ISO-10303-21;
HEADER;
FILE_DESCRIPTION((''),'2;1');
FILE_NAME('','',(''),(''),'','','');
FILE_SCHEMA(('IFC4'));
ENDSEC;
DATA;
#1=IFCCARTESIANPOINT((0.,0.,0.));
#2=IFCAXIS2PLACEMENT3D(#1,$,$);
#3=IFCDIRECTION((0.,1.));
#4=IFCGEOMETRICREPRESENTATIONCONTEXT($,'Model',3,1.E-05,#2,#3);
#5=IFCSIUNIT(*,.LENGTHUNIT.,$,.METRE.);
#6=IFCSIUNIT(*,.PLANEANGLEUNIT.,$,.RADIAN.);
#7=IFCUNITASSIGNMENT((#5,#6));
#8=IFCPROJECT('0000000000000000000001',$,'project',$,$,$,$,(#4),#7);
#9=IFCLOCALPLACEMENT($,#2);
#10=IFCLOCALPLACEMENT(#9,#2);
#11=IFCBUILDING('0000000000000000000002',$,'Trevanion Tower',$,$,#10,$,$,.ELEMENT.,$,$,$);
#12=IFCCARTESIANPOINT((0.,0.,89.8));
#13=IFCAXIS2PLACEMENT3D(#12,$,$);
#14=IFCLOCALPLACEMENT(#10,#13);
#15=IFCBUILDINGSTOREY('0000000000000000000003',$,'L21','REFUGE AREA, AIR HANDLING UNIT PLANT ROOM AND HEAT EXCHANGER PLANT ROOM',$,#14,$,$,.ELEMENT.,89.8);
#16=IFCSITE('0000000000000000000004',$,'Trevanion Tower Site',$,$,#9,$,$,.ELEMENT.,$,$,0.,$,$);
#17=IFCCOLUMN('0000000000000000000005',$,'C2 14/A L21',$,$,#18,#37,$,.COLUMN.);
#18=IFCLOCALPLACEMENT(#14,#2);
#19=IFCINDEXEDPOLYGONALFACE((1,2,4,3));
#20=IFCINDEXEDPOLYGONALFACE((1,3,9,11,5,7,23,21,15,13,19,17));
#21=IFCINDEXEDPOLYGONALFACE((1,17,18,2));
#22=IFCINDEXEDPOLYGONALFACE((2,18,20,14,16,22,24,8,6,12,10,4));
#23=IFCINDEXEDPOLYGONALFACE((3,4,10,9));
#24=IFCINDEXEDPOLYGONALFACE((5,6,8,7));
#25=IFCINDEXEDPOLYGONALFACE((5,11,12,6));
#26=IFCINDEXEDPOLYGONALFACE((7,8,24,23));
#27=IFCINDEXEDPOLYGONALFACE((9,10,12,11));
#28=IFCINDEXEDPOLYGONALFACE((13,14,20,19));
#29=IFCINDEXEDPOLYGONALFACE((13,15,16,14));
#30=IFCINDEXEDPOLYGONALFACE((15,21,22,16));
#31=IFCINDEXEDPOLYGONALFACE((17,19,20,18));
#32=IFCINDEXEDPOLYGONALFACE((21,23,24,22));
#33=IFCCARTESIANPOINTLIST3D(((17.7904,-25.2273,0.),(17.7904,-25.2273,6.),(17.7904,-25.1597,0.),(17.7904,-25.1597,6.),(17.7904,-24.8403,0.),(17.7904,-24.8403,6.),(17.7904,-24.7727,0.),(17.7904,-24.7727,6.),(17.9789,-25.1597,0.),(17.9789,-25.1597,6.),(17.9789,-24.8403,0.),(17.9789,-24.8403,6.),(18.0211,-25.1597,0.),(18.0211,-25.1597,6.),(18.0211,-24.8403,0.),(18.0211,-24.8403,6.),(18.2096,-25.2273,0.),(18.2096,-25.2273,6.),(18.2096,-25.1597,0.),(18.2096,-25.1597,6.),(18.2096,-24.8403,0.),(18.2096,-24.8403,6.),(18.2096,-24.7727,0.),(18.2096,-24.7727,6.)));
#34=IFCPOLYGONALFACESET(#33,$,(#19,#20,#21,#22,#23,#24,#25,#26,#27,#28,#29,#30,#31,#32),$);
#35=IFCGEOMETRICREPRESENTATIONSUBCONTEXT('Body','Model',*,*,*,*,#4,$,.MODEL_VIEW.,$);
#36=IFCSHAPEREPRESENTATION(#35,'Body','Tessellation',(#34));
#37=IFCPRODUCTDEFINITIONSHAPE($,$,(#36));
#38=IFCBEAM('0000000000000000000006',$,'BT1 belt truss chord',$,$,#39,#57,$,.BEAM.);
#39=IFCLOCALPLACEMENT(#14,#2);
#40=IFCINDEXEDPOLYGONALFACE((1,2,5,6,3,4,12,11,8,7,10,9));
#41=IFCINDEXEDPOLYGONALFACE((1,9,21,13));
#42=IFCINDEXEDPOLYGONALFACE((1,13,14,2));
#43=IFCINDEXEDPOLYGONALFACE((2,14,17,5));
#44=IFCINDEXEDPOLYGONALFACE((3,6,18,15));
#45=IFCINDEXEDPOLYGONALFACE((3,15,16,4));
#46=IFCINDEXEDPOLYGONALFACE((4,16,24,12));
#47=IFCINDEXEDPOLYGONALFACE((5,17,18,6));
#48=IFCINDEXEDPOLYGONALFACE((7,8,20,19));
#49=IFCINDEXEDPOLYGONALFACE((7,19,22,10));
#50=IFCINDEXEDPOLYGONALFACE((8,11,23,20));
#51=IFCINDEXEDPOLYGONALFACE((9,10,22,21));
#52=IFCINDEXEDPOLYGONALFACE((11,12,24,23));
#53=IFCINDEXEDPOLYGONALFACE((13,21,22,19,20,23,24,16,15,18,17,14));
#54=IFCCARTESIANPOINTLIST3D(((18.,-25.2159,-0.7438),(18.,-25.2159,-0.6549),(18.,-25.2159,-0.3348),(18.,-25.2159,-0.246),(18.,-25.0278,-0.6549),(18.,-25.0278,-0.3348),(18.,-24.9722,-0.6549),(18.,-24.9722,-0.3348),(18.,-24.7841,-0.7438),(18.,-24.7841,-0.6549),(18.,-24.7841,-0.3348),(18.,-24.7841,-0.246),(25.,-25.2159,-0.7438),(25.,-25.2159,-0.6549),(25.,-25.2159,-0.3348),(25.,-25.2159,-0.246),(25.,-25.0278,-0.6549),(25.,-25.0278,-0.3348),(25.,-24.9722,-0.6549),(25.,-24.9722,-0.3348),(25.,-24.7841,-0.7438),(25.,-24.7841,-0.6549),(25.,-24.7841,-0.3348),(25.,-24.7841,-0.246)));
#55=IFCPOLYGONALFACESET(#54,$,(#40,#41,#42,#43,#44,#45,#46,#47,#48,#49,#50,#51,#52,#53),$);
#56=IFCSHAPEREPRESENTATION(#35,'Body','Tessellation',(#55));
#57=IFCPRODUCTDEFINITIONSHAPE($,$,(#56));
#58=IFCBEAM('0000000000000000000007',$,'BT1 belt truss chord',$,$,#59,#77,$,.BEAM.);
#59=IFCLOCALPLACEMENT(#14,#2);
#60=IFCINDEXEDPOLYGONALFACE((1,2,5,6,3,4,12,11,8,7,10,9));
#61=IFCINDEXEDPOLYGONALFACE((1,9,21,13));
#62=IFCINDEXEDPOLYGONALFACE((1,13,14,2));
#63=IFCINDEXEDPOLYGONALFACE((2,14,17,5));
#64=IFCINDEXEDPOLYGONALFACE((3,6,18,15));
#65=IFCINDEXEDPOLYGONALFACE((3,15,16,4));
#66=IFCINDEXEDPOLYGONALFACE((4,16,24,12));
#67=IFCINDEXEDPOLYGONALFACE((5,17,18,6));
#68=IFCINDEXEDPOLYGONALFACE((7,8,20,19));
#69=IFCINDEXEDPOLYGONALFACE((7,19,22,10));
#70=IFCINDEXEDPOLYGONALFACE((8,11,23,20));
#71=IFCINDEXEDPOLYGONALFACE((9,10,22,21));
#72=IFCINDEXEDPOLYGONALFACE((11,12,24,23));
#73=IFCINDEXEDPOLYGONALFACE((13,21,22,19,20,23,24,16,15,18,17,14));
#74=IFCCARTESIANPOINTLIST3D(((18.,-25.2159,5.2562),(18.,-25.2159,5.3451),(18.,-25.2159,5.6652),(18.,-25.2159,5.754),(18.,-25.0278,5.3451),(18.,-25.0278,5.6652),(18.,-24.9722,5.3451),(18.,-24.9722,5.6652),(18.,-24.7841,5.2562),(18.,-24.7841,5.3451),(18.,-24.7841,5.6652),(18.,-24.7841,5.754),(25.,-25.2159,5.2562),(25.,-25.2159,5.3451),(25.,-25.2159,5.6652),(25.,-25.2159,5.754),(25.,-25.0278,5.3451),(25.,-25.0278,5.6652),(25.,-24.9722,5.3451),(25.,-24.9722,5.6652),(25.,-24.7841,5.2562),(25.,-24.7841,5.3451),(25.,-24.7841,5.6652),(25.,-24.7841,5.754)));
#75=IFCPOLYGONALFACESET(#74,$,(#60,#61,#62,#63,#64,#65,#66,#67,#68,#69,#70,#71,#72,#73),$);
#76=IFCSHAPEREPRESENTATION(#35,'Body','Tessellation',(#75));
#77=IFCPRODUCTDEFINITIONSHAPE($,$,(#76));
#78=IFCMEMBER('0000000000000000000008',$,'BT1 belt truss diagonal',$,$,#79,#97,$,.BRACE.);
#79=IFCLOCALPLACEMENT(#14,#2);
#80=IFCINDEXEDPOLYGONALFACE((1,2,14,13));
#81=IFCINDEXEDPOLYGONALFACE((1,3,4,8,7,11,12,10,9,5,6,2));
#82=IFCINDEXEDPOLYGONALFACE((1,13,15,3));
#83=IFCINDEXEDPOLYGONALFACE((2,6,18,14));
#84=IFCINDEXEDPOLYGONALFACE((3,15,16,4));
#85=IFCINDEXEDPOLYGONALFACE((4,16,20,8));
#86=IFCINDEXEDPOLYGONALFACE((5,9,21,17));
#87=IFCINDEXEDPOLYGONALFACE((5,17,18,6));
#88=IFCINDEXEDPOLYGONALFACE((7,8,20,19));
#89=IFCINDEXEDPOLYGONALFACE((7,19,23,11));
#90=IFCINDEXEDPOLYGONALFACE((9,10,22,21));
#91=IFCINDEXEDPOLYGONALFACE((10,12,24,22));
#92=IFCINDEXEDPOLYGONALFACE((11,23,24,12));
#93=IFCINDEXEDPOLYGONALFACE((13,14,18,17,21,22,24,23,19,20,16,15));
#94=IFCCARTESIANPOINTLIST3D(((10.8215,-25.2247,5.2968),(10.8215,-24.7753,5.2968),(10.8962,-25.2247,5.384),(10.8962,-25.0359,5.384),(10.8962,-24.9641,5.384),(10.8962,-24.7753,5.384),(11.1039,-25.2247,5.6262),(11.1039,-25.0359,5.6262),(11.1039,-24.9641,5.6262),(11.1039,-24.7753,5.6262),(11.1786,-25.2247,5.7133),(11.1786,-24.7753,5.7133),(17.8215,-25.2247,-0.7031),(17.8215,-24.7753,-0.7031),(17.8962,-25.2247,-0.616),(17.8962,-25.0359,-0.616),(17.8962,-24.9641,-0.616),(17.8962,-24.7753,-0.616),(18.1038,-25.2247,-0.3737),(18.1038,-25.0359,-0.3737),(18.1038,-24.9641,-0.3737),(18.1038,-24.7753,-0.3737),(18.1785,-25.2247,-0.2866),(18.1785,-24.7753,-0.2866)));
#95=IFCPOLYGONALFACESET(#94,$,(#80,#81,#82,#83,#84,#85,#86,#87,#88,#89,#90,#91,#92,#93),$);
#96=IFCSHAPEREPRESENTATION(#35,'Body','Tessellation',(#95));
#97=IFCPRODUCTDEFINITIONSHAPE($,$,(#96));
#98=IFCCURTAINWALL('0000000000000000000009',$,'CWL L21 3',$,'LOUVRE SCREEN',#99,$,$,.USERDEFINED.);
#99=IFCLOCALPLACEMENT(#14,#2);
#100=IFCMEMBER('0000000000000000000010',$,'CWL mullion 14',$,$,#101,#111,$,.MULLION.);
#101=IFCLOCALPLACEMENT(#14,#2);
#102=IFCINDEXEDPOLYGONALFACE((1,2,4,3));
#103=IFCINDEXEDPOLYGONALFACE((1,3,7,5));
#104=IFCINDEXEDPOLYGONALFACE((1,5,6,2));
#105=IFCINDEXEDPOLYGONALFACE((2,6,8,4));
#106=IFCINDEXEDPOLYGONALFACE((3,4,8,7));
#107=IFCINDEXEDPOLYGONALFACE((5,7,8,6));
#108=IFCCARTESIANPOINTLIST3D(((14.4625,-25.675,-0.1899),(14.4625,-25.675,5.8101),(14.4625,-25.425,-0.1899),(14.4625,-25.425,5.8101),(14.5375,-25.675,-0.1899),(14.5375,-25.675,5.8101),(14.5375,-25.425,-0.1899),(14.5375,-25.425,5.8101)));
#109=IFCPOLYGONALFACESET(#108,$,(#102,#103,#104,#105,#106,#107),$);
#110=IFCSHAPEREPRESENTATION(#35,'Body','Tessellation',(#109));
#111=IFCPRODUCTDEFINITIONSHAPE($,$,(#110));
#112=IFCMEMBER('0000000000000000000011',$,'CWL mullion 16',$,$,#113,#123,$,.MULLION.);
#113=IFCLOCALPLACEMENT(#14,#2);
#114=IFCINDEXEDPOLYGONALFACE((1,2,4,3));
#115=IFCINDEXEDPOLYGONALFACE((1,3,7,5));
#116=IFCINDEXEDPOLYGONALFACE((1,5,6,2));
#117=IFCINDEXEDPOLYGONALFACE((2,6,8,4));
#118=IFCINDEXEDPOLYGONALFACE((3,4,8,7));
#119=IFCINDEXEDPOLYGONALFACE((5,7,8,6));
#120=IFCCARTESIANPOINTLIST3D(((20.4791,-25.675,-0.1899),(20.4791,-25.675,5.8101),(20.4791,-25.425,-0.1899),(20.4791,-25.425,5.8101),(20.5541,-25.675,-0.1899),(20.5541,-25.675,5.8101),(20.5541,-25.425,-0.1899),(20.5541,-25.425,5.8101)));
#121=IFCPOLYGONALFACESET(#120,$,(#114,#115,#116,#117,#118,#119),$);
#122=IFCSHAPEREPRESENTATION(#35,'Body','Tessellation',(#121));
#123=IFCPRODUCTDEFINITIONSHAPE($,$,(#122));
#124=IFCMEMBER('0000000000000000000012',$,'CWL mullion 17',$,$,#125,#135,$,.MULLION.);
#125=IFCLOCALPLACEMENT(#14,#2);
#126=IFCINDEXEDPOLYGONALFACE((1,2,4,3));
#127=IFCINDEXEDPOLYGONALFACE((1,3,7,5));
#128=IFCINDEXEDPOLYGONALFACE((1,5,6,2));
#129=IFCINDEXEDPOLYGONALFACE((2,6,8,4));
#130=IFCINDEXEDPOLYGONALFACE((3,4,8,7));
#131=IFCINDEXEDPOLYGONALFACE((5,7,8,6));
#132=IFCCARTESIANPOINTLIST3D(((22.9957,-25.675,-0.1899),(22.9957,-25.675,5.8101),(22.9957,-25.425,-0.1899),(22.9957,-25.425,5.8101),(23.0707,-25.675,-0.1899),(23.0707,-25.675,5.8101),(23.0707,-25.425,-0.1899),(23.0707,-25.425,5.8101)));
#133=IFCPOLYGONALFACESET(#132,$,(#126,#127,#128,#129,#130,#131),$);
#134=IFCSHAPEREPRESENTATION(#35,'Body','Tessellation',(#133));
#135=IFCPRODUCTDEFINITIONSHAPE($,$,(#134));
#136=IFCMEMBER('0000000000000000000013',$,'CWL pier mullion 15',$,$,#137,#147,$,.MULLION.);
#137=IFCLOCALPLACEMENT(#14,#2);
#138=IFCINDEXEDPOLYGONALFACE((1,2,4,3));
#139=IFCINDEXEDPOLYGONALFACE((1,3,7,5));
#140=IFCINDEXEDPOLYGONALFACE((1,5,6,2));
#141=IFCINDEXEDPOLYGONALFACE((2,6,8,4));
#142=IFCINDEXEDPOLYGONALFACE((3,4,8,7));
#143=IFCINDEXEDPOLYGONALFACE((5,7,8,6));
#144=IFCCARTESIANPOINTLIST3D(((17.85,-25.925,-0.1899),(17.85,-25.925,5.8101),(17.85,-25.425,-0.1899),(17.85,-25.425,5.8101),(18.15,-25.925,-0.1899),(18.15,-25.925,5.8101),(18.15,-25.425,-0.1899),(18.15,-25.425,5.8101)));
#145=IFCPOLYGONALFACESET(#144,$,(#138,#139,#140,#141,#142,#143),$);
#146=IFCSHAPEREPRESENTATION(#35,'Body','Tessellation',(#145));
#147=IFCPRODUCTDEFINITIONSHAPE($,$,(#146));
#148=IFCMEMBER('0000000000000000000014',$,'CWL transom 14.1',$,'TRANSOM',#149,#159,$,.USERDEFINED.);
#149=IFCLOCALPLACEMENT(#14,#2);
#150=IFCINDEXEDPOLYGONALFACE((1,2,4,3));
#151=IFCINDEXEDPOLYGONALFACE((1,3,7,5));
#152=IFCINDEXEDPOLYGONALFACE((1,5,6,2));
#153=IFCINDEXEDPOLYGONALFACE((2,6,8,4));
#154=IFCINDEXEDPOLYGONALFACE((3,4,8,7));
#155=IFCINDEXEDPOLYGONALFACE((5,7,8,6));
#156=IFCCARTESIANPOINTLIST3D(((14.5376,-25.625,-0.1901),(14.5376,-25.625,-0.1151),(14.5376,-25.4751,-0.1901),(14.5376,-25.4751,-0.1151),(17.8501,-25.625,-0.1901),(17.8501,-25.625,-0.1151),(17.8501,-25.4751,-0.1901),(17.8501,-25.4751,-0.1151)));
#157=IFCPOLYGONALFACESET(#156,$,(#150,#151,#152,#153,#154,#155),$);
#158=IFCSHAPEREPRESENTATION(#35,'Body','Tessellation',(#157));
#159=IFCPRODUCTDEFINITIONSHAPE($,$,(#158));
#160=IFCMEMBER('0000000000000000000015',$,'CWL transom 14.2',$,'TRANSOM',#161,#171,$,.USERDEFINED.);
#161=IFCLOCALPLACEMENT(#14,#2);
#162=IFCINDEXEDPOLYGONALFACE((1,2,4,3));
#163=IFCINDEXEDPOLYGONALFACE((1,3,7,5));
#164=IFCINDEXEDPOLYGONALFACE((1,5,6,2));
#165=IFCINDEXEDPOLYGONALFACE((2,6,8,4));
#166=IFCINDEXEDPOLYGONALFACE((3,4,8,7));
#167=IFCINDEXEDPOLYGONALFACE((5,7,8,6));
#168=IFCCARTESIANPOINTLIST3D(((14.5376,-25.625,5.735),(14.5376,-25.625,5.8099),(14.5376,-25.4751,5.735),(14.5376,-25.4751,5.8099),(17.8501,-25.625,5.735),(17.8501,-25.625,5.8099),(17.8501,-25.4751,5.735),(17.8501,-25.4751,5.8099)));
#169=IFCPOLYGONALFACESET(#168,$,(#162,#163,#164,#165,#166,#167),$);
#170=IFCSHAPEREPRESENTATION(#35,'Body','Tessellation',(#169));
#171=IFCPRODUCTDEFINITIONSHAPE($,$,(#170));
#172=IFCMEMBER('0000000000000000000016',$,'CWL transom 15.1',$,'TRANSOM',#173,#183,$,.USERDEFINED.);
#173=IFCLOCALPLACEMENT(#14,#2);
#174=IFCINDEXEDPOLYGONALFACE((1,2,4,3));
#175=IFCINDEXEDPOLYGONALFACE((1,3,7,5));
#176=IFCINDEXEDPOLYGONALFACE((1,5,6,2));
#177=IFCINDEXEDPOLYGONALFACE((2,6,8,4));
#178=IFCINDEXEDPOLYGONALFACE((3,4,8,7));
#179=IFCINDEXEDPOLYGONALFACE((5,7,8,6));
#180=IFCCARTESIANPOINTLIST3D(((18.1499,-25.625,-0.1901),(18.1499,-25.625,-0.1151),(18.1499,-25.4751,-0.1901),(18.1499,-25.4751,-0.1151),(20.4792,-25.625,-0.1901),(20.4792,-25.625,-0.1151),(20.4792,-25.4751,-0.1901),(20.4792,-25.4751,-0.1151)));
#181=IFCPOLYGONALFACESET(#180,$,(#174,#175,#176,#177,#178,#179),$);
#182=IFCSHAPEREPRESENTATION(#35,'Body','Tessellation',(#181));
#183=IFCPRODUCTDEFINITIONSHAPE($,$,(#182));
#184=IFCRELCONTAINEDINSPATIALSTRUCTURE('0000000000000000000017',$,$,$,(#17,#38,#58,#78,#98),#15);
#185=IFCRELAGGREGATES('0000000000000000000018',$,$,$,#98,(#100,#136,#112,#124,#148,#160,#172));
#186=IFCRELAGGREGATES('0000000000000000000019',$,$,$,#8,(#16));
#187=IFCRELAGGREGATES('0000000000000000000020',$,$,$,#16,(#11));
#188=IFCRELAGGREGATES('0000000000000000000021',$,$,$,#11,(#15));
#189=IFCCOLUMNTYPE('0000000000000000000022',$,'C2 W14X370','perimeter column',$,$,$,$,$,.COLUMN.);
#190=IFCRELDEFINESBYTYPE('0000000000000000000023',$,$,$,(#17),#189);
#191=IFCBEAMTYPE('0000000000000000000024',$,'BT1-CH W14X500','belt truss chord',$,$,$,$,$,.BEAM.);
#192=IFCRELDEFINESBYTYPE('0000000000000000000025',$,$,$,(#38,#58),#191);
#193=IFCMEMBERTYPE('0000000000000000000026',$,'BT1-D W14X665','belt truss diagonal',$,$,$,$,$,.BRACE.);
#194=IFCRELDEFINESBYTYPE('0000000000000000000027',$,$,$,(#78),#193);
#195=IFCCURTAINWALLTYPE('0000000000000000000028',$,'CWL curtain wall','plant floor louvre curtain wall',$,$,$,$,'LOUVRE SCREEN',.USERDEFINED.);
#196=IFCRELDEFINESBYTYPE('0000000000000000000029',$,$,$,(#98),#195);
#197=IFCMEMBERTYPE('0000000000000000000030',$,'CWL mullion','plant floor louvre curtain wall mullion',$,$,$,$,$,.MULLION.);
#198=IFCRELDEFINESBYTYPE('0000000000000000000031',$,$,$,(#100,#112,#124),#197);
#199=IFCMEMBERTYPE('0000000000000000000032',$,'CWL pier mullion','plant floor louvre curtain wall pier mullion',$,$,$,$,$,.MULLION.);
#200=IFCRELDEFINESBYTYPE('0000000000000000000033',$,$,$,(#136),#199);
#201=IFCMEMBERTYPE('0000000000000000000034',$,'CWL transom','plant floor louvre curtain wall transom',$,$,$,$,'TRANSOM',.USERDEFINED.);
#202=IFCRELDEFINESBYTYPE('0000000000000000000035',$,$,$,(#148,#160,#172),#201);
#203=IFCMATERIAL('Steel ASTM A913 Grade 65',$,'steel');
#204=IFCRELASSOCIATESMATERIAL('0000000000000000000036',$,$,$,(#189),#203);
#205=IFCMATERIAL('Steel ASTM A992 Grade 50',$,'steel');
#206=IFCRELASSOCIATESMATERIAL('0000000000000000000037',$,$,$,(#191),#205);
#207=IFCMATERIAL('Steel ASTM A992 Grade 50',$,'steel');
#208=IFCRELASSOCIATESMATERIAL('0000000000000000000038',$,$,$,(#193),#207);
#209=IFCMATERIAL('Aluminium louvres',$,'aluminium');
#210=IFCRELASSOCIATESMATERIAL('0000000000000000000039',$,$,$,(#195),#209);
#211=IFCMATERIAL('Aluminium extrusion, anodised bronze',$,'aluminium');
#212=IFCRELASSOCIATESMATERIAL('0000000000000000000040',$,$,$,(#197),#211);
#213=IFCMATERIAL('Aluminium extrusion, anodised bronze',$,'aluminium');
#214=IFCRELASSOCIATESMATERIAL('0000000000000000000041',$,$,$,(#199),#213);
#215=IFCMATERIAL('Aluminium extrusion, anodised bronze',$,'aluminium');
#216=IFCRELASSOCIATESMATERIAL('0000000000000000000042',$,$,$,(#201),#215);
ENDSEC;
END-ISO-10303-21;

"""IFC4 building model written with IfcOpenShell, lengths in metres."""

from ifc_helpers import new_model, si_unit, direction, frame, origin, origin_2d, place, context, subcontext, project, spatial, rectangle, i_section, extrude, material, material_profile, profile_set, type_object, element, aggregate, save


model = new_model("IFC4")

# Units and contexts
model_context = context("Model", 3, precision=1e-05, world=origin(), true_north=direction((0.0, 1.0)))
body_context = subcontext(model_context, "Body", "Model", "MODEL_VIEW")
ifc_project = project(units=[si_unit("LENGTHUNIT", "METRE"), si_unit("PLANEANGLEUNIT", "RADIAN")], contexts=[model_context])

# Site, building, storey
site_placement = place(None, origin())
site = spatial("IfcSite", under=ifc_project, at=site_placement, Name="Trevanion Tower Site", CompositionType="ELEMENT", RefElevation=0.0)
building_placement = place(site_placement, origin())
building = spatial("IfcBuilding", under=site, at=building_placement, Name="Trevanion Tower", CompositionType="ELEMENT")
storey_placement = place(building_placement, frame((0.0, 0.0, 89.8)))
storey = spatial("IfcBuildingStorey", under=building, at=storey_placement, Name="L21", Description="REFUGE AREA, AIR HANDLING UNIT PLANT ROOM AND HEAT EXCHANGER PLANT ROOM", CompositionType="ELEMENT", Elevation=89.8)

# Column
ifc_material_1 = material(Name="Steel ASTM A913 Grade 65", Category="steel")
ifc_material_profile_1 = material_profile(ifc_material_1, i_section(OverallWidth=0.4192, OverallDepth=0.4546, WebThickness=0.0422, FlangeThickness=0.0676, at=origin_2d()), Name="W14X370")
ifc_profile_set_1 = profile_set([ifc_material_profile_1], Name="Steel ASTM A913 Grade 65")
column_type = type_object("IfcColumnType", Name="C2 W14X370", Description="perimeter column", PredefinedType="COLUMN", material=ifc_profile_set_1)
column_placement = place(storey_placement, frame((18.0, -25.0, 0.0), z_axis=(0.0, 0.0, 1.0), x_axis=(1.0, 0.0, 0.0)))
element("IfcColumn", 1, at=column_placement, inside=storey, type_object=column_type, Name="C2 14/A L21", PredefinedType="COLUMN", context=body_context, shape_type="SweptSolid", body=[
    extrude(i_section(OverallWidth=0.4192, OverallDepth=0.4546, WebThickness=0.0422, FlangeThickness=0.0676, at=origin_2d()), origin(), (0.0, 0.0, 1.0), 6.0),
])

# Beams
ifc_material_2 = material(Name="Steel ASTM A992 Grade 50", Category="steel")
ifc_material_profile_2 = material_profile(ifc_material_2, i_section(OverallWidth=0.4319, OverallDepth=0.4978, WebThickness=0.0557, FlangeThickness=0.0889, at=origin_2d()), Name="W14X500")
ifc_profile_set_2 = profile_set([ifc_material_profile_2], Name="Steel ASTM A992 Grade 50")
beam_type = type_object("IfcBeamType", Name="BT1-CH W14X500", Description="belt truss chord", PredefinedType="BEAM", material=ifc_profile_set_2)
for number, where, z_axis, x_axis, name in (
    (2, (18.0, -25.0, -0.4949), (1.0, 0.0, 0.0), (0.0, 1.0, 0.0), "BT1 belt truss chord"),
    (3, (18.0, -25.0, 5.5051), (1.0, 0.0, 0.0), (0.0, 1.0, 0.0), "BT1 belt truss chord"),
):
    element("IfcBeam", number, at=place(storey_placement, frame(where, z_axis=z_axis, x_axis=x_axis)), inside=storey, type_object=beam_type, Name=name, PredefinedType="BEAM", context=body_context, shape_type="SweptSolid", body=[
        extrude(i_section(OverallWidth=0.4319, OverallDepth=0.4978, WebThickness=0.0557, FlangeThickness=0.0889, at=origin_2d()), origin(), (0.0, 0.0, 1.0), 7.0),
    ])

# Member
ifc_material_3 = material(Name="Steel ASTM A992 Grade 50", Category="steel")
ifc_material_profile_3 = material_profile(ifc_material_3, i_section(OverallWidth=0.4495, OverallDepth=0.5486, WebThickness=0.0718, FlangeThickness=0.1147, at=origin_2d()), Name="W14X665")
ifc_profile_set_3 = profile_set([ifc_material_profile_3], Name="Steel ASTM A992 Grade 50")
member_type_1 = type_object("IfcMemberType", Name="BT1-D W14X665", Description="belt truss diagonal", PredefinedType="BRACE", material=ifc_profile_set_3)
member_1_placement = place(storey_placement, frame((18.0, -25.0, -0.4949), z_axis=(-0.759257, 0.0, 0.650791), x_axis=(0.0, -1.0, 0.0)))
element("IfcMember", 4, at=member_1_placement, inside=storey, type_object=member_type_1, Name="BT1 belt truss diagonal", PredefinedType="BRACE", context=body_context, shape_type="SweptSolid", body=[
    extrude(i_section(OverallWidth=0.4495, OverallDepth=0.5486, WebThickness=0.0718, FlangeThickness=0.1147, at=origin_2d()), origin(), (0.0, 0.0, 1.0), 9.2195),
])

# Curtain wall, members
ifc_material_4 = material(Name="Aluminium louvres", Category="aluminium")
curtain_wall_type = type_object("IfcCurtainWallType", Name="CWL curtain wall", Description="plant floor louvre curtain wall", ElementType="LOUVRE SCREEN", PredefinedType="USERDEFINED", material=ifc_material_4)
curtain_wall_placement = place(storey_placement, origin())
curtain_wall = element("IfcCurtainWall", 5, at=curtain_wall_placement, inside=storey, type_object=curtain_wall_type, Name="CWL L21 3", ObjectType="LOUVRE SCREEN", PredefinedType="USERDEFINED")
ifc_material_5 = material(Name="Aluminium extrusion, anodised bronze", Category="aluminium")
ifc_material_profile_4 = material_profile(ifc_material_5, rectangle(XDim=0.075, YDim=0.25, at=origin_2d()), Name="CWL mullion")
ifc_profile_set_4 = profile_set([ifc_material_profile_4], Name="Aluminium extrusion, anodised bronze")
member_type_2 = type_object("IfcMemberType", Name="CWL mullion", Description="plant floor louvre curtain wall mullion", PredefinedType="MULLION", material=ifc_profile_set_4)
member_2_placement = place(storey_placement, frame((14.5, -25.55, -0.1899), z_axis=(0.0, 0.0, 1.0), x_axis=(1.0, 0.0, 0.0)))
member_2 = element("IfcMember", 6, at=member_2_placement, type_object=member_type_2, Name="CWL mullion 14", PredefinedType="MULLION", context=body_context, shape_type="SweptSolid", body=[
    extrude(rectangle(XDim=0.075, YDim=0.25, at=origin_2d()), origin(), (0.0, 0.0, 1.0), 6.0),
])
member_3_placement = place(storey_placement, frame((20.5166, -25.55, -0.1899), z_axis=(0.0, 0.0, 1.0), x_axis=(1.0, 0.0, 0.0)))
member_3 = element("IfcMember", 7, at=member_3_placement, type_object=member_type_2, Name="CWL mullion 16", PredefinedType="MULLION", context=body_context, shape_type="SweptSolid", body=[
    extrude(rectangle(XDim=0.075, YDim=0.25, at=origin_2d()), origin(), (0.0, 0.0, 1.0), 6.0),
])
member_4_placement = place(storey_placement, frame((23.0332, -25.55, -0.1899), z_axis=(0.0, 0.0, 1.0), x_axis=(1.0, 0.0, 0.0)))
member_4 = element("IfcMember", 8, at=member_4_placement, type_object=member_type_2, Name="CWL mullion 17", PredefinedType="MULLION", context=body_context, shape_type="SweptSolid", body=[
    extrude(rectangle(XDim=0.075, YDim=0.25, at=origin_2d()), origin(), (0.0, 0.0, 1.0), 6.0),
])
ifc_material_6 = material(Name="Aluminium extrusion, anodised bronze", Category="aluminium")
ifc_material_profile_5 = material_profile(ifc_material_6, rectangle(XDim=0.3, YDim=0.5, at=origin_2d()), Name="CWL pier mullion")
ifc_profile_set_5 = profile_set([ifc_material_profile_5], Name="Aluminium extrusion, anodised bronze")
member_type_3 = type_object("IfcMemberType", Name="CWL pier mullion", Description="plant floor louvre curtain wall pier mullion", PredefinedType="MULLION", material=ifc_profile_set_5)
member_5_placement = place(storey_placement, frame((18.0, -25.675, -0.1899), z_axis=(0.0, 0.0, 1.0), x_axis=(1.0, 0.0, 0.0)))
member_5 = element("IfcMember", 9, at=member_5_placement, type_object=member_type_3, Name="CWL pier mullion 15", PredefinedType="MULLION", context=body_context, shape_type="SweptSolid", body=[
    extrude(rectangle(XDim=0.3, YDim=0.5, at=origin_2d()), origin(), (0.0, 0.0, 1.0), 6.0),
])
ifc_material_7 = material(Name="Aluminium extrusion, anodised bronze", Category="aluminium")
ifc_material_profile_6 = material_profile(ifc_material_7, rectangle(XDim=0.1499, YDim=0.075, at=origin_2d()), Name="CWL transom")
ifc_profile_set_6 = profile_set([ifc_material_profile_6], Name="Aluminium extrusion, anodised bronze")
member_type_4 = type_object("IfcMemberType", Name="CWL transom", Description="plant floor louvre curtain wall transom", ElementType="TRANSOM", PredefinedType="USERDEFINED", material=ifc_profile_set_6)
member_6_placement = place(storey_placement, frame((14.5376, -25.55, -0.1526), z_axis=(1.0, 0.0, 0.0), x_axis=(0.0, 1.0, 0.0)))
member_6 = element("IfcMember", 10, at=member_6_placement, type_object=member_type_4, Name="CWL transom 14.1", ObjectType="TRANSOM", PredefinedType="USERDEFINED", context=body_context, shape_type="SweptSolid", body=[
    extrude(rectangle(XDim=0.1499, YDim=0.075, at=origin_2d()), origin(), (0.0, 0.0, 1.0), 3.3125),
])
member_7_placement = place(storey_placement, frame((14.5376, -25.55, 5.7725), z_axis=(1.0, 0.0, 0.0), x_axis=(0.0, 1.0, 0.0)))
member_7 = element("IfcMember", 11, at=member_7_placement, type_object=member_type_4, Name="CWL transom 14.2", ObjectType="TRANSOM", PredefinedType="USERDEFINED", context=body_context, shape_type="SweptSolid", body=[
    extrude(rectangle(XDim=0.1499, YDim=0.075, at=origin_2d()), origin(), (0.0, 0.0, 1.0), 3.3125),
])
member_8_placement = place(storey_placement, frame((18.1499, -25.55, -0.1526), z_axis=(1.0, 0.0, 0.0), x_axis=(0.0, 1.0, 0.0)))
member_8 = element("IfcMember", 12, at=member_8_placement, type_object=member_type_4, Name="CWL transom 15.1", ObjectType="TRANSOM", PredefinedType="USERDEFINED", context=body_context, shape_type="SweptSolid", body=[
    extrude(rectangle(XDim=0.1499, YDim=0.075, at=origin_2d()), origin(), (0.0, 0.0, 1.0), 2.3293),
])
aggregate(curtain_wall, [member_2, member_5, member_3, member_4, member_6, member_7, member_8])

save(model, "model.ifc")
